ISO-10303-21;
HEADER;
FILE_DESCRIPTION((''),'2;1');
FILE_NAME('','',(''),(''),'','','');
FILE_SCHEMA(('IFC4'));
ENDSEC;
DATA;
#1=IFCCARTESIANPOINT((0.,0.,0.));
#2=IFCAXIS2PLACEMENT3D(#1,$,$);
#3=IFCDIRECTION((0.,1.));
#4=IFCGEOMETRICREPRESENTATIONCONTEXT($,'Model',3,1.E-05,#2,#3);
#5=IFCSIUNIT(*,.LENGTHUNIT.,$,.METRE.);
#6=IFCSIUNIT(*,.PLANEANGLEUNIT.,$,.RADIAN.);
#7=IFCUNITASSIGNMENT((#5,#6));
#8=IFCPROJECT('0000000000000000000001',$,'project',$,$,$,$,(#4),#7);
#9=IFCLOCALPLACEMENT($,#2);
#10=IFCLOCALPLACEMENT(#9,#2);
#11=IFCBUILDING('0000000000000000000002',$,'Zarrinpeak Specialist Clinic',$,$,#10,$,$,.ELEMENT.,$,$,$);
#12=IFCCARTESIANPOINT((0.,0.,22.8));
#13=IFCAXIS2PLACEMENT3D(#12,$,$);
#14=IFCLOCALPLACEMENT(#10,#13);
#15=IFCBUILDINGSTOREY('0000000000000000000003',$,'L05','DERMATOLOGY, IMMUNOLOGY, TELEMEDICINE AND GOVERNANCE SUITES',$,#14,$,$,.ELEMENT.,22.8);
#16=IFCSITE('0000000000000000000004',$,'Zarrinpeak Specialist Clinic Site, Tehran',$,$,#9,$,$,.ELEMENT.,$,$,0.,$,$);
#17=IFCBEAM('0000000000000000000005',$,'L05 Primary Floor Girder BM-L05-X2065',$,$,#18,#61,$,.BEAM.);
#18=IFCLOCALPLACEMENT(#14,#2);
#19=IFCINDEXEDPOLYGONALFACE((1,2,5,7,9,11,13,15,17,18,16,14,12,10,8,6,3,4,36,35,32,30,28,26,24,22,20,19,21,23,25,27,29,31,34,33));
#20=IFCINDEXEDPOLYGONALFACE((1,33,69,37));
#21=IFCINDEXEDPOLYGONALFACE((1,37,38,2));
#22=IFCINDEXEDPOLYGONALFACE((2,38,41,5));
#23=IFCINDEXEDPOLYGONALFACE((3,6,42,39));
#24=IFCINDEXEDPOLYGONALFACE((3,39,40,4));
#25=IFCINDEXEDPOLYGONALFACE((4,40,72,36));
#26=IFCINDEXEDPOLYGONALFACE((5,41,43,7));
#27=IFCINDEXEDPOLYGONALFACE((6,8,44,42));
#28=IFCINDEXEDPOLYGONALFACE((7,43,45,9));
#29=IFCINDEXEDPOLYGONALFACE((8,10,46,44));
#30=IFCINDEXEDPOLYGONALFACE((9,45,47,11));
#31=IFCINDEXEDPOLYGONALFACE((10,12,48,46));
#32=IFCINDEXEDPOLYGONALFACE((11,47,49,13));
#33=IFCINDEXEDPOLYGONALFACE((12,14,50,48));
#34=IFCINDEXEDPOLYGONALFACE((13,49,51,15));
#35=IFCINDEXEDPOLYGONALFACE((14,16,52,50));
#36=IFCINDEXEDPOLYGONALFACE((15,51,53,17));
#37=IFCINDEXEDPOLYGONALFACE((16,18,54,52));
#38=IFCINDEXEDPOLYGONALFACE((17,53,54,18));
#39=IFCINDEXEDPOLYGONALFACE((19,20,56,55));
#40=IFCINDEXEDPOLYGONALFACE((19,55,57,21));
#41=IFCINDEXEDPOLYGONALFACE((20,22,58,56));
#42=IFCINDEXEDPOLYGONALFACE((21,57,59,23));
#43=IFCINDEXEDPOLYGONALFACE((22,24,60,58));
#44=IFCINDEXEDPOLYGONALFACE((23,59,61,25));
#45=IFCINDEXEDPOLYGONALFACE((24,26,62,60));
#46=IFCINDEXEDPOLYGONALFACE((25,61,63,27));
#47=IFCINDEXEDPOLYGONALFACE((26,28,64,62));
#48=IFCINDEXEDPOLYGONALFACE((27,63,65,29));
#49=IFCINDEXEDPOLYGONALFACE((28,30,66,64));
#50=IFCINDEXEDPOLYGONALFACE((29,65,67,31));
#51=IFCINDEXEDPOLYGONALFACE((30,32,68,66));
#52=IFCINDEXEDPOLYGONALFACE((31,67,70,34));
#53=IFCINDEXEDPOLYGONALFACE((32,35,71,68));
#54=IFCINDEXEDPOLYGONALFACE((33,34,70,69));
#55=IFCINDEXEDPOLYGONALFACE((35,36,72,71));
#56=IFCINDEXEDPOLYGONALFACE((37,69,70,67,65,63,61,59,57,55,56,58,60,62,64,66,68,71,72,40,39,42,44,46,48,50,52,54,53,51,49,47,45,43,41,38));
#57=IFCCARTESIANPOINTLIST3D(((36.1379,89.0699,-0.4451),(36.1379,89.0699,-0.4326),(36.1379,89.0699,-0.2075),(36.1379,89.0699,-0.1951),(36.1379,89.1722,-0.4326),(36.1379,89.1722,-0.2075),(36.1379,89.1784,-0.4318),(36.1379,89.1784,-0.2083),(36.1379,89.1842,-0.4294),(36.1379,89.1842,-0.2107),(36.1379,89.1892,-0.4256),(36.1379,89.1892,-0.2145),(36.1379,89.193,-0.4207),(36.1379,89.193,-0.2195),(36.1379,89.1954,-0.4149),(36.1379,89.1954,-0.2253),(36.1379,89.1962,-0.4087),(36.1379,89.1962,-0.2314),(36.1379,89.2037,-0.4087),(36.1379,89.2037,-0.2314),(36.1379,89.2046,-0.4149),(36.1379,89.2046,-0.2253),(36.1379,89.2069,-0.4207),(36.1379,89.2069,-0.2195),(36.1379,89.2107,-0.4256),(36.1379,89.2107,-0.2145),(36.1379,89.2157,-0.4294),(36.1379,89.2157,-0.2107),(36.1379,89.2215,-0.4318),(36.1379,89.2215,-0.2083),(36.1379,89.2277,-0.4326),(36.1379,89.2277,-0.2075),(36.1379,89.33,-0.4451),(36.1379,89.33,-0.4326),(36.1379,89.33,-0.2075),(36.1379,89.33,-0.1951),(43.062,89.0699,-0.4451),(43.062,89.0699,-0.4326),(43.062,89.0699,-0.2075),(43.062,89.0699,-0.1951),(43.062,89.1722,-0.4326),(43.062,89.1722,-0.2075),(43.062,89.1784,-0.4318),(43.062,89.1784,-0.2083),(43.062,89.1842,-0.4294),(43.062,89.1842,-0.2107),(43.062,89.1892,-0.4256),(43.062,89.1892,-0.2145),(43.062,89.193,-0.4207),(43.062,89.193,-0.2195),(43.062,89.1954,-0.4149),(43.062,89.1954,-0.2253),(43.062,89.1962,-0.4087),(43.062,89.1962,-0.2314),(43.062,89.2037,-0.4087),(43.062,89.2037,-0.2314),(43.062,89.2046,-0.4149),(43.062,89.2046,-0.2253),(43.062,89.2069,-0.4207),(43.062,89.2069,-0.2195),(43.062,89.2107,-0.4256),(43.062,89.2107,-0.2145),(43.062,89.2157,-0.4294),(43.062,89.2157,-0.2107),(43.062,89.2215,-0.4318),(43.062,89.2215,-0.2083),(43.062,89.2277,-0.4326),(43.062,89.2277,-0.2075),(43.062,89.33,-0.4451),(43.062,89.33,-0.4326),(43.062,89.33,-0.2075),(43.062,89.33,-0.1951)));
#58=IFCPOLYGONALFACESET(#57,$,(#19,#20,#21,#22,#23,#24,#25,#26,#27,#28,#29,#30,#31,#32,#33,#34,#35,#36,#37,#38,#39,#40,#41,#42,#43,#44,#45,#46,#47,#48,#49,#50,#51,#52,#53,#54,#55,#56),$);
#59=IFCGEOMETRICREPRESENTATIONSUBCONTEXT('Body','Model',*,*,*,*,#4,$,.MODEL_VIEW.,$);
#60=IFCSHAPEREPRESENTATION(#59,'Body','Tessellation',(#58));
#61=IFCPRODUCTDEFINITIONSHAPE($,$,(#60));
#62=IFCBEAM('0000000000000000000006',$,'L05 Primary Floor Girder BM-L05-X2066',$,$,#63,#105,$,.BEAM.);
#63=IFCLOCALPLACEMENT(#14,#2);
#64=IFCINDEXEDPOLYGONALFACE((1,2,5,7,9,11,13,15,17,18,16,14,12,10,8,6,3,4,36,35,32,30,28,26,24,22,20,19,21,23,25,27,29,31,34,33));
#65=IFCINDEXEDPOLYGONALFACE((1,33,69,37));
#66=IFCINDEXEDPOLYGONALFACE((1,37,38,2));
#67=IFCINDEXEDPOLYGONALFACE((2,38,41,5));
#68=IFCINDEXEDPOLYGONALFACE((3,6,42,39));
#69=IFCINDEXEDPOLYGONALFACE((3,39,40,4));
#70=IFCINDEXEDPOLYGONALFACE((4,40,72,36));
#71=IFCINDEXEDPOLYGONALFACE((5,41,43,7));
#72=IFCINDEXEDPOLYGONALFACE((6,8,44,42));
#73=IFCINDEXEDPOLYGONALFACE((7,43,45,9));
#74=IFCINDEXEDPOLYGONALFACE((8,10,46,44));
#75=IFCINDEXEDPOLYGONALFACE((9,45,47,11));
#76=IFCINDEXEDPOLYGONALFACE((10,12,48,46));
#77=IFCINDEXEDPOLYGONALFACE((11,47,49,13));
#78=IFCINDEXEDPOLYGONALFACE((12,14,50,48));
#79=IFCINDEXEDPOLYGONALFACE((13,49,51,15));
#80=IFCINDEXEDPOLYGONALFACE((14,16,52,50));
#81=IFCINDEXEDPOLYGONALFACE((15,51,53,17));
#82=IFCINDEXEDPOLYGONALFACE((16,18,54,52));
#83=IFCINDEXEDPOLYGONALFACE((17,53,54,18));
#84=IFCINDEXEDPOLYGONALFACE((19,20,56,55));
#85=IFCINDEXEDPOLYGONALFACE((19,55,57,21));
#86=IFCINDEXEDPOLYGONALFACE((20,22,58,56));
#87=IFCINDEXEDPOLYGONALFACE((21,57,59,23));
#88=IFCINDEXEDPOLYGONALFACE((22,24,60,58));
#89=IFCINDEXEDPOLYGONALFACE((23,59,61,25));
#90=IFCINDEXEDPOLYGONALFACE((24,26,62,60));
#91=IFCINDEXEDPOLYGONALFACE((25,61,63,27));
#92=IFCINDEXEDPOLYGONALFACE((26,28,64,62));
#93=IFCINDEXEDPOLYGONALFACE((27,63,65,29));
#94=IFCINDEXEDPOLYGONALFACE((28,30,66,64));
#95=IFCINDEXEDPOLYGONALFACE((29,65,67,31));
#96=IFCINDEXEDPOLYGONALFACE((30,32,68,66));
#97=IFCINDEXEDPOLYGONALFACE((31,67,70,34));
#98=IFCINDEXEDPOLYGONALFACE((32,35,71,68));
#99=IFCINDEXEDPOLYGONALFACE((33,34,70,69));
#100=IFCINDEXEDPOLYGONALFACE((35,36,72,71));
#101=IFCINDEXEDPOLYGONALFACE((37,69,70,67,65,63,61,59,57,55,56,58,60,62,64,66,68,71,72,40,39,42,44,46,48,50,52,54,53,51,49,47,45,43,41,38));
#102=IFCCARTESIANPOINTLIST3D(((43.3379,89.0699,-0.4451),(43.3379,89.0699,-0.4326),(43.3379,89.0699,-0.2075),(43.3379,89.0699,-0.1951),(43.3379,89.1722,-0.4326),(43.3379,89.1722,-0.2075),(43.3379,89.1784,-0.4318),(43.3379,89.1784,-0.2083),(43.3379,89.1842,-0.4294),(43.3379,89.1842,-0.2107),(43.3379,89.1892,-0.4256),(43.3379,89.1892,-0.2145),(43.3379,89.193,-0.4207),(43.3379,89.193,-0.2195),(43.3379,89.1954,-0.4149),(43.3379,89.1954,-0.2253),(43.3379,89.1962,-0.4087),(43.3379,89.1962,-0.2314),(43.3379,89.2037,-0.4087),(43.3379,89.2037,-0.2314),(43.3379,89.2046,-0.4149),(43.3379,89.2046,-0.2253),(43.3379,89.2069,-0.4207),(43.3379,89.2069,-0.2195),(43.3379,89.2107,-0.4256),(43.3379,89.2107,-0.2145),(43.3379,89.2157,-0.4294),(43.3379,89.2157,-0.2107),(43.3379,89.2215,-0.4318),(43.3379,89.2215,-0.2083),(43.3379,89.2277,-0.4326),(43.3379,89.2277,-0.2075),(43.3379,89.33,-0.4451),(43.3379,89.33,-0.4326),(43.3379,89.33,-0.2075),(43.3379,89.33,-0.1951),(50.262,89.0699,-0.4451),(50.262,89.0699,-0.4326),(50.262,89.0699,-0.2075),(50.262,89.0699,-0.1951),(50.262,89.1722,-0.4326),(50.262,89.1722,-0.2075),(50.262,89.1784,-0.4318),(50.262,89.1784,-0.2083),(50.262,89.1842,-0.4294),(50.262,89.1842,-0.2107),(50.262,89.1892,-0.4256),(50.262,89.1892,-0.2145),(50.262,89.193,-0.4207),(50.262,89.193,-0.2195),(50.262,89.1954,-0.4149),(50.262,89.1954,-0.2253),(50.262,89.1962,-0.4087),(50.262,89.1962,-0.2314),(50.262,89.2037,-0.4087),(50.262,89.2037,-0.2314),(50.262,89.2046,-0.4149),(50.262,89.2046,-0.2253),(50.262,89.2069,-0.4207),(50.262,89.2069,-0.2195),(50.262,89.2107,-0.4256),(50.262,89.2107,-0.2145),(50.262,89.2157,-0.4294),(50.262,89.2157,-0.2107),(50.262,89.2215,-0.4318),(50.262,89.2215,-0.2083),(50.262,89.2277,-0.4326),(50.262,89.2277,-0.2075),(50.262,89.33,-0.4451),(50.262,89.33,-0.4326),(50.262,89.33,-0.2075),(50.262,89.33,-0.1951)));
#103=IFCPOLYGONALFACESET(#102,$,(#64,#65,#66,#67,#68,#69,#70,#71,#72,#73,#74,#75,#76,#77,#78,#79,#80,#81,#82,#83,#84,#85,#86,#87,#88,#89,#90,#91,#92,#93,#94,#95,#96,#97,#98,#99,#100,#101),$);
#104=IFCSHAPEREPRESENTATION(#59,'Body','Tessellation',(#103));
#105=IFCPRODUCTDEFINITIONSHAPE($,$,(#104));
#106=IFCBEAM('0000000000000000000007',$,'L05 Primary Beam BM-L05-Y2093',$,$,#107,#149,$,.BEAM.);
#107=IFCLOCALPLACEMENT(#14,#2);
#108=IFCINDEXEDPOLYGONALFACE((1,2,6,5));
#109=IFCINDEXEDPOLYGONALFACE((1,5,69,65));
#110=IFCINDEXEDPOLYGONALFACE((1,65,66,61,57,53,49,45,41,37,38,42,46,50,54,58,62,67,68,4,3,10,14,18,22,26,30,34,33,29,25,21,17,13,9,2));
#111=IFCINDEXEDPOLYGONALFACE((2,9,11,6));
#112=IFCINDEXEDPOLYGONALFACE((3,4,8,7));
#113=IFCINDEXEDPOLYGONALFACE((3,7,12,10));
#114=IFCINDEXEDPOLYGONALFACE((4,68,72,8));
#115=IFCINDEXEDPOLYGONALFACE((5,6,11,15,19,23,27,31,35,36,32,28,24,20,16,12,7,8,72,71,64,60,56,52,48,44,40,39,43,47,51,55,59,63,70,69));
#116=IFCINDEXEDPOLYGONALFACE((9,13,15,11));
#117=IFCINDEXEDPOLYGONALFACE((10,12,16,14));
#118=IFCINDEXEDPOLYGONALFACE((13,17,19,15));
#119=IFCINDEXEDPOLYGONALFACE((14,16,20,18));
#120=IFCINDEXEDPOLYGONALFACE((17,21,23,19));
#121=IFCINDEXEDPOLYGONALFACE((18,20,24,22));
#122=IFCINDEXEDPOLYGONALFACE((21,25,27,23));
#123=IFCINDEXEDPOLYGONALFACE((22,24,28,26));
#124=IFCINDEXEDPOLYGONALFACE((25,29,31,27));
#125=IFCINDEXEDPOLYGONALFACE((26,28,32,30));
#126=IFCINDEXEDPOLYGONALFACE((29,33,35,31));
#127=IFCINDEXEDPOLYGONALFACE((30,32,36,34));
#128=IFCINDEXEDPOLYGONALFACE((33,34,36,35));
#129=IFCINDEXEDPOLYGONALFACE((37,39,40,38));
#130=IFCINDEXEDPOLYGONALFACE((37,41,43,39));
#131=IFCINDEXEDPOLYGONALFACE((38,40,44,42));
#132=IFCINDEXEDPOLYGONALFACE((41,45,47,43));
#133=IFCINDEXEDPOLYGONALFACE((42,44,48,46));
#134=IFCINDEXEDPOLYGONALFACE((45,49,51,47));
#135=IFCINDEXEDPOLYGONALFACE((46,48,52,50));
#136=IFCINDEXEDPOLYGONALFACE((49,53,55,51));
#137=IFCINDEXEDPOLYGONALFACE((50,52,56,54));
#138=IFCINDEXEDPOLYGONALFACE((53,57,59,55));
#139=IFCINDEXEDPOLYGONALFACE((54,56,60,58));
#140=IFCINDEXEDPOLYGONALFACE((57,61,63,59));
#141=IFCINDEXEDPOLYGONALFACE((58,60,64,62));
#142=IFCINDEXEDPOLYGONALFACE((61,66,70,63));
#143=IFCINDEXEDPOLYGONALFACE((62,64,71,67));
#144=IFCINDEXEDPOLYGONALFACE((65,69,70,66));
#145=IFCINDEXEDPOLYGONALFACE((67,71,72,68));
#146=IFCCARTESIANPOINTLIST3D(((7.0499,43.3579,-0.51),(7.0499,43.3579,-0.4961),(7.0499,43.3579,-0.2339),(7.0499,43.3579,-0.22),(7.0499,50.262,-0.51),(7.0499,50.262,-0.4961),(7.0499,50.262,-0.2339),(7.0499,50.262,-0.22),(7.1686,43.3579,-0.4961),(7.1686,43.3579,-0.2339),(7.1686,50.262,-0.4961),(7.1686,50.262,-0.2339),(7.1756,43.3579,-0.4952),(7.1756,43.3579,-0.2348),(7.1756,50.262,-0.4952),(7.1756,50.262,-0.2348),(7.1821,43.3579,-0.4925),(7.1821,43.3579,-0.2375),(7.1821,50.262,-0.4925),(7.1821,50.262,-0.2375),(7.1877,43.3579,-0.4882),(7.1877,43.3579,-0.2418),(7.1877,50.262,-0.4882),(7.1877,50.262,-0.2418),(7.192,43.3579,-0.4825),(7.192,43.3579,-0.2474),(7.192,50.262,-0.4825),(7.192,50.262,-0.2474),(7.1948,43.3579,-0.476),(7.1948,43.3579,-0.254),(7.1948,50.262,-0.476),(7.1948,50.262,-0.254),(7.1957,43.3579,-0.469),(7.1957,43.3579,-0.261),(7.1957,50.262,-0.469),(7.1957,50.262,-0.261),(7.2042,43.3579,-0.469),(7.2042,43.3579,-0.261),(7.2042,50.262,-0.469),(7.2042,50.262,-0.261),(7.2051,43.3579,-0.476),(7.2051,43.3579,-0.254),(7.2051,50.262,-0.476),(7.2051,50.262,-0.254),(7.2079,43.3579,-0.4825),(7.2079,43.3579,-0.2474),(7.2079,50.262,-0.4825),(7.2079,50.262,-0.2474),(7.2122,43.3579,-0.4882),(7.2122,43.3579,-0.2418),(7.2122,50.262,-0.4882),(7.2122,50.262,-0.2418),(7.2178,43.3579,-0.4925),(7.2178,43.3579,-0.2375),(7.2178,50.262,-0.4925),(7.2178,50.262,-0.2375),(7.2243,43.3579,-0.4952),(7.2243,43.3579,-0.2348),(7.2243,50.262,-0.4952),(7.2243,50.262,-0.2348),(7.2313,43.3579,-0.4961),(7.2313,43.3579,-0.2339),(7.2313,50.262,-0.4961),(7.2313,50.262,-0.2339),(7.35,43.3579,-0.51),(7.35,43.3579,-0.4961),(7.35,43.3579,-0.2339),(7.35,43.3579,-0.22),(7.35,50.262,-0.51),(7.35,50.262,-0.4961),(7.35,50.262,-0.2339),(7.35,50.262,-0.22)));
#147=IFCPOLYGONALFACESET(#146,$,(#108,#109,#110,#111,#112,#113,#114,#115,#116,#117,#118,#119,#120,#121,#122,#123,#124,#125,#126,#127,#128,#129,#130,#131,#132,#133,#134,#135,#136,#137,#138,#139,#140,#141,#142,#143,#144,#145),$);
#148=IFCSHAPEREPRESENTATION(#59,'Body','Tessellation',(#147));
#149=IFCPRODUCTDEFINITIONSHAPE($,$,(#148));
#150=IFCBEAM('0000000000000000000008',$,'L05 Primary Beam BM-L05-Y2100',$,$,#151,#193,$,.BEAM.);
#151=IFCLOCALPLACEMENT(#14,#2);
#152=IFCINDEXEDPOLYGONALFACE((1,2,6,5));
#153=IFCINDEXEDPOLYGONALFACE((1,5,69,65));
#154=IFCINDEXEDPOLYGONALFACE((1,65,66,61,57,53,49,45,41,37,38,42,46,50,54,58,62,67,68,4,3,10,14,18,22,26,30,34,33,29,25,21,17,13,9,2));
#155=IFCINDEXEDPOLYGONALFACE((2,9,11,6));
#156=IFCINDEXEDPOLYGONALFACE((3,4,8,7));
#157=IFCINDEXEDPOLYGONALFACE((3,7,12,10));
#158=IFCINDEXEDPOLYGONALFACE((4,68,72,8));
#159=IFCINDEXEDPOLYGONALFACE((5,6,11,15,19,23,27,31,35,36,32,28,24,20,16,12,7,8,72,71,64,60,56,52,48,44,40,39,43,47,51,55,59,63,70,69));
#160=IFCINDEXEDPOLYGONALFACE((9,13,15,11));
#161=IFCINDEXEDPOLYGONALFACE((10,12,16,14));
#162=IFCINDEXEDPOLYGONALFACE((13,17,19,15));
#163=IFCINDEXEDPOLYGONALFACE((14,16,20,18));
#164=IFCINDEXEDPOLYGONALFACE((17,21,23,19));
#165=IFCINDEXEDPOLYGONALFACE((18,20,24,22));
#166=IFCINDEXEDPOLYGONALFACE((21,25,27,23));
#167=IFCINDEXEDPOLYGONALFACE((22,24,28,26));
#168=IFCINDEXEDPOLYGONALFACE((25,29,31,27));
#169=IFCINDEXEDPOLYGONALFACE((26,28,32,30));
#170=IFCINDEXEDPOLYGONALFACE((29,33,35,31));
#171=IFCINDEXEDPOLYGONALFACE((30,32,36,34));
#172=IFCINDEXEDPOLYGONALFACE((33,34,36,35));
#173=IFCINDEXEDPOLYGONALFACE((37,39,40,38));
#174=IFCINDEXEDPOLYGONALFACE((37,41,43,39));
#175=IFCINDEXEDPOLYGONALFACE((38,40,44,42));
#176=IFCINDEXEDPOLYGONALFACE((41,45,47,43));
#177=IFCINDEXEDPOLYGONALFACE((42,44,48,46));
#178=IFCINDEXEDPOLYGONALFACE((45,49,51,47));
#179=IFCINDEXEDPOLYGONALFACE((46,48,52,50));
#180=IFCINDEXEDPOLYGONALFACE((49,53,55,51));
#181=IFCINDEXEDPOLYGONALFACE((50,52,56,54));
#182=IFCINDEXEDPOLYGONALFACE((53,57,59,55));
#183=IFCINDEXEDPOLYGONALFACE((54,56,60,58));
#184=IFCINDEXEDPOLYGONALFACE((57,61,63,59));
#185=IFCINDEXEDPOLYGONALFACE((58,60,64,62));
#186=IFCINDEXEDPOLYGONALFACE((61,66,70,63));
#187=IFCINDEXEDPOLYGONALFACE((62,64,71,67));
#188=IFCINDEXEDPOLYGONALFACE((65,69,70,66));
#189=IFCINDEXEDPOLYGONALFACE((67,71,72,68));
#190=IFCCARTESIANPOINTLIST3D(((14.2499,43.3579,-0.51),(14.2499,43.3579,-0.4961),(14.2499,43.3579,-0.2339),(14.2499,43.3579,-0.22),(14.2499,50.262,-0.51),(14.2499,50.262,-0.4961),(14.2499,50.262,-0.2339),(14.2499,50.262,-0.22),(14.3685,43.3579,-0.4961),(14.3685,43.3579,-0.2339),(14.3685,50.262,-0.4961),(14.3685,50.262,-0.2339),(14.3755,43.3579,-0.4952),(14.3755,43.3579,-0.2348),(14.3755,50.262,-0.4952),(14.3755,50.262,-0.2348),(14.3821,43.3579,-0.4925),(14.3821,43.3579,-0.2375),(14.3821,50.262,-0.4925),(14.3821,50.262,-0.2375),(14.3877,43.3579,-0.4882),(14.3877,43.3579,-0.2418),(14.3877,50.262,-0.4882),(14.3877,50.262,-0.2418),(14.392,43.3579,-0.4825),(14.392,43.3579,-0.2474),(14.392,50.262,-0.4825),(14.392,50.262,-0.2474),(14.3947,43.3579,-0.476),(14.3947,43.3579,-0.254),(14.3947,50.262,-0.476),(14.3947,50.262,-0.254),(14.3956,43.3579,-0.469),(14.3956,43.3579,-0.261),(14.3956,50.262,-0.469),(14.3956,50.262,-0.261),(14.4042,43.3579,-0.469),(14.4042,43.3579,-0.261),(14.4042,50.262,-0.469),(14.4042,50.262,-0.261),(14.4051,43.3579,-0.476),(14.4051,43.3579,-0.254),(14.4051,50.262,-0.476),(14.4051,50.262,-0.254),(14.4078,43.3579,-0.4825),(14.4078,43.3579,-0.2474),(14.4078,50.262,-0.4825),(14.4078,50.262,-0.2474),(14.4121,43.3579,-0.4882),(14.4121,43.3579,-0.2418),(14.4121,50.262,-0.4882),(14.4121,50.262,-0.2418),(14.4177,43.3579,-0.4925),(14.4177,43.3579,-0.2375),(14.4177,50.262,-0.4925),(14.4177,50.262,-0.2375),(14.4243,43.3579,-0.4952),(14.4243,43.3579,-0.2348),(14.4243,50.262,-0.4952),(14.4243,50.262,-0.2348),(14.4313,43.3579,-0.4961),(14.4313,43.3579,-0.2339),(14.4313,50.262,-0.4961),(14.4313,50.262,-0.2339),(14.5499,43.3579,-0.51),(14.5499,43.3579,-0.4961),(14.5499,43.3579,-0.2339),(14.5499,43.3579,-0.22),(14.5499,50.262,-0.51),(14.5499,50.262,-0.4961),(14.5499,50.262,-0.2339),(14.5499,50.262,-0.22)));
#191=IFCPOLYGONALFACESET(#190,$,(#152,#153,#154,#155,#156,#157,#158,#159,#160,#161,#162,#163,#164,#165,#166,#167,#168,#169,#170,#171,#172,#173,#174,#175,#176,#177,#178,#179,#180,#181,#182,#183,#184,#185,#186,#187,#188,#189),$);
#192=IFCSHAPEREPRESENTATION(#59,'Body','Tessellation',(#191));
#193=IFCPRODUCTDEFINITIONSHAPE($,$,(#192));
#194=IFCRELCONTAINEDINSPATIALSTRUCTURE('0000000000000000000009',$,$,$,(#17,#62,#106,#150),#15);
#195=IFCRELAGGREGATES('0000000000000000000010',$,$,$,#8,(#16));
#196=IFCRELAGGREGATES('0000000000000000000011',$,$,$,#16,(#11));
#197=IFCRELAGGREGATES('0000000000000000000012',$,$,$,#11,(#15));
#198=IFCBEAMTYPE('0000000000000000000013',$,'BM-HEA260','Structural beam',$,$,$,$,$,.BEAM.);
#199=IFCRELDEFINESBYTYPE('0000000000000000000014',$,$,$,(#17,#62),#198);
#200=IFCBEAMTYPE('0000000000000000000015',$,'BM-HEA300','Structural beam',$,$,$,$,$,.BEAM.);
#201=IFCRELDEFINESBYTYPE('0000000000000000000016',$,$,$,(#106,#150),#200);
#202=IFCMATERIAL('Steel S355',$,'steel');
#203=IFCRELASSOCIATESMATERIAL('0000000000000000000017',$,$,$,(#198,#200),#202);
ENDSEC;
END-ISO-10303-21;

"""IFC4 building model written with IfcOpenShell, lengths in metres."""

from ifc_helpers import new_model, si_unit, direction, frame, origin, origin_2d, place, context, subcontext, project, spatial, i_section, extrude, material, material_profile, profile_set, type_object, element, save


model = new_model("IFC4")

# Units and contexts
model_context = context("Model", 3, precision=1e-05, world=origin(), true_north=direction((0.0, 1.0)))
body_context = subcontext(model_context, "Body", "Model", "MODEL_VIEW")
ifc_project = project(units=[si_unit("LENGTHUNIT", "METRE"), si_unit("PLANEANGLEUNIT", "RADIAN")], contexts=[model_context])

# Site, building, storey
site_placement = place(None, origin())
site = spatial("IfcSite", under=ifc_project, at=site_placement, Name="Zarrinpeak Specialist Clinic Site, Tehran", CompositionType="ELEMENT", RefElevation=0.0)
building_placement = place(site_placement, origin())
building = spatial("IfcBuilding", under=site, at=building_placement, Name="Zarrinpeak Specialist Clinic", CompositionType="ELEMENT")
storey_placement = place(building_placement, frame((0.0, 0.0, 22.8)))
storey = spatial("IfcBuildingStorey", under=building, at=storey_placement, Name="L05", Description="DERMATOLOGY, IMMUNOLOGY, TELEMEDICINE AND GOVERNANCE SUITES", CompositionType="ELEMENT", Elevation=22.8)

# Beams
ifc_material_1 = material(Name="Steel S355", Category="steel")
ifc_material_profile_1 = material_profile(ifc_material_1, i_section(OverallWidth=0.26, OverallDepth=0.25, WebThickness=0.0076, FlangeThickness=0.0125, FilletRadius=0.0239, at=origin_2d()), Name="HEA 260")
ifc_profile_set_1 = profile_set([ifc_material_profile_1], Name="Steel S355")
beam_type_1 = type_object("IfcBeamType", Name="BM-HEA260", Description="Structural beam", PredefinedType="BEAM", material=ifc_profile_set_1)
for number, where, z_axis, x_axis, name in (
    (1, (36.1379, 89.2, -0.3201), (1.0, 0.0, 0.0), (0.0, 1.0, 0.0), "L05 Primary Floor Girder BM-L05-X2065"),
    (2, (43.3379, 89.2, -0.3201), (1.0, 0.0, 0.0), (0.0, 1.0, 0.0), "L05 Primary Floor Girder BM-L05-X2066"),
):
    element("IfcBeam", number, at=place(storey_placement, frame(where, z_axis=z_axis, x_axis=x_axis)), inside=storey, type_object=beam_type_1, Name=name, PredefinedType="BEAM", context=body_context, shape_type="SweptSolid", body=[
        extrude(i_section(OverallWidth=0.26, OverallDepth=0.25, WebThickness=0.0076, FlangeThickness=0.0125, FilletRadius=0.0239, at=origin_2d()), origin(), (0.0, 0.0, 1.0), 6.9241),
    ])
ifc_material_profile_2 = material_profile(ifc_material_1, i_section(OverallWidth=0.3, OverallDepth=0.29, WebThickness=0.0085, FlangeThickness=0.0139, FilletRadius=0.0271, at=origin_2d()), Name="HEA 300")
ifc_profile_set_2 = profile_set([ifc_material_profile_2], Name="Steel S355")
beam_type_2 = type_object("IfcBeamType", Name="BM-HEA300", Description="Structural beam", PredefinedType="BEAM", material=ifc_profile_set_2)
for number, where, z_axis, x_axis, name in (
    (3, (7.2, 43.3579, -0.365), (0.0, 1.0, 0.0), (-1.0, 0.0, 0.0), "L05 Primary Beam BM-L05-Y2093"),
    (4, (14.3999, 43.3579, -0.365), (0.0, 1.0, 0.0), (-1.0, 0.0, 0.0), "L05 Primary Beam BM-L05-Y2100"),
):
    element("IfcBeam", number, at=place(storey_placement, frame(where, z_axis=z_axis, x_axis=x_axis)), inside=storey, type_object=beam_type_2, Name=name, PredefinedType="BEAM", context=body_context, shape_type="SweptSolid", body=[
        extrude(i_section(OverallWidth=0.3, OverallDepth=0.29, WebThickness=0.0085, FlangeThickness=0.0139, FilletRadius=0.0271, at=origin_2d()), origin(), (0.0, 0.0, 1.0), 6.9041),
    ])

save(model, "model.ifc")
